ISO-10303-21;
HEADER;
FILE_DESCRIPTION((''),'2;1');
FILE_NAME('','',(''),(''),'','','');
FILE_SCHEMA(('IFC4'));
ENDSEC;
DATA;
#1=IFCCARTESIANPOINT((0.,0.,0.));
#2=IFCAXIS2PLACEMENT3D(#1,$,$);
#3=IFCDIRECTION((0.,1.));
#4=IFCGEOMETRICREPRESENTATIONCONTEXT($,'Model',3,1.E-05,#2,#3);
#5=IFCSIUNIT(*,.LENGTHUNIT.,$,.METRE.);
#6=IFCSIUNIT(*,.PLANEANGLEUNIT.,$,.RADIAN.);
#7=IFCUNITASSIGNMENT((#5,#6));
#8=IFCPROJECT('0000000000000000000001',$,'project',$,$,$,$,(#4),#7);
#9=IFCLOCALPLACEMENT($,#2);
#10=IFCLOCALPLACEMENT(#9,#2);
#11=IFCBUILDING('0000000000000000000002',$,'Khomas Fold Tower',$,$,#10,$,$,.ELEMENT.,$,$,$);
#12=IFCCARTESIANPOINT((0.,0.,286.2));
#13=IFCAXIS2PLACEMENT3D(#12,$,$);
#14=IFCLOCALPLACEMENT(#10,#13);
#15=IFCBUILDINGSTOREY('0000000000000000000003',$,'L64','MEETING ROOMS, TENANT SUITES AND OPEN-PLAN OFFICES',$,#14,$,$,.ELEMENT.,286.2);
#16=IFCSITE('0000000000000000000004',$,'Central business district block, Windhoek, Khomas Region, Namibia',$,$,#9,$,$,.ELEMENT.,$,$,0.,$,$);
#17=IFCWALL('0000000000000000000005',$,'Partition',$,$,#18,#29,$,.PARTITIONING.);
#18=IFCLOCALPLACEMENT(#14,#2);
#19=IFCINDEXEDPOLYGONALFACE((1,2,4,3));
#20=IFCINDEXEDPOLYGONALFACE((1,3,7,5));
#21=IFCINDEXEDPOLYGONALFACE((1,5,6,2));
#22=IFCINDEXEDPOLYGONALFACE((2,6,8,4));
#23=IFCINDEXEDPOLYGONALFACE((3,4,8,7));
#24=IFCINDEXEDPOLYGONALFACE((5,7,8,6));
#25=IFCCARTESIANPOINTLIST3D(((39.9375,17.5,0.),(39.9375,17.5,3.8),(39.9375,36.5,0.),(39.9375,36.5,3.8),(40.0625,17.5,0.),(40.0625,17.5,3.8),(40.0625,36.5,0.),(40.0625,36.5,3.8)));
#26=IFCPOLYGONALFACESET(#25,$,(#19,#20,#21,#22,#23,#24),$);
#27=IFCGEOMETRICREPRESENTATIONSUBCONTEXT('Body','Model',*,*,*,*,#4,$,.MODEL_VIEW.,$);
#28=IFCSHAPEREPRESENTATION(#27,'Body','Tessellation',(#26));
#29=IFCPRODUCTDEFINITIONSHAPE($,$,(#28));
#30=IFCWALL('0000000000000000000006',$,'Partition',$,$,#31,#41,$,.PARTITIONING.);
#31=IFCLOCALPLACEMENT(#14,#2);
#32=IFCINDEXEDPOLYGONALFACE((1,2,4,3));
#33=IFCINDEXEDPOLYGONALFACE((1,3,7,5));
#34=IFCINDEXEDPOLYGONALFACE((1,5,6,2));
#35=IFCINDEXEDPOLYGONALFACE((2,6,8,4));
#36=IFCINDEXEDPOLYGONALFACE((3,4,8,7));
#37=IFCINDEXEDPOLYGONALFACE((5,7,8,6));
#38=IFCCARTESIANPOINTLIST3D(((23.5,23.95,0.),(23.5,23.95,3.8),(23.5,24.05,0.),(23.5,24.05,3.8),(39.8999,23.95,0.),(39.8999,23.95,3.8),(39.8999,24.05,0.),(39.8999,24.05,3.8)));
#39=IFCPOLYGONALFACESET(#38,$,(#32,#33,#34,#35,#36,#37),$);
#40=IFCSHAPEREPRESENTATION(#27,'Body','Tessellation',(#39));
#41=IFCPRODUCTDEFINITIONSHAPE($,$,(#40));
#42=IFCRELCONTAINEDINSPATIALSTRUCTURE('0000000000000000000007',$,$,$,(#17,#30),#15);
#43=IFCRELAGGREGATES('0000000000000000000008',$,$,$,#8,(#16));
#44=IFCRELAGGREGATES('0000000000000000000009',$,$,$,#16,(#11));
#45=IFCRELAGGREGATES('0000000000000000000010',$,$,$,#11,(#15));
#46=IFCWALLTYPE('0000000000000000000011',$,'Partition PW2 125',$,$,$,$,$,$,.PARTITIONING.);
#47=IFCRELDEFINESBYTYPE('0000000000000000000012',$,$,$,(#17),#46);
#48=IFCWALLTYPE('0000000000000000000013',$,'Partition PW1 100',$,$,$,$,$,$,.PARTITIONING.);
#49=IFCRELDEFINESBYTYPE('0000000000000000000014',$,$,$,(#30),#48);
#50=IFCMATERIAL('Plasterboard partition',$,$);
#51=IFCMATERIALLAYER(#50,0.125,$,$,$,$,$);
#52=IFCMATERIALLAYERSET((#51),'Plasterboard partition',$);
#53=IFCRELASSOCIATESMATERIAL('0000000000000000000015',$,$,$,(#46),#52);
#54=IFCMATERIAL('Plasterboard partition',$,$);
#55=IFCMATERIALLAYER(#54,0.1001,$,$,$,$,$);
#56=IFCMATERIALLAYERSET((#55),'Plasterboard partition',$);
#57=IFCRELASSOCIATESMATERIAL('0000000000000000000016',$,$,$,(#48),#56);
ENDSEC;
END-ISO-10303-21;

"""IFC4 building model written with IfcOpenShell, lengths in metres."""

from ifc_helpers import new_model, si_unit, direction, frame, frame_2d, origin, place, context, subcontext, project, spatial, rectangle, extrude, source, transform, mapped, material, layer, layer_set, type_object, element, save


model = new_model("IFC4")

# Units and contexts
model_context = context("Model", 3, precision=1e-05, world=origin(), true_north=direction((0.0, 1.0)))
body_context = subcontext(model_context, "Body", "Model", "MODEL_VIEW")
ifc_project = project(units=[si_unit("LENGTHUNIT", "METRE"), si_unit("PLANEANGLEUNIT", "RADIAN")], contexts=[model_context])

# Site, building, storey
site_placement = place(None, origin())
site = spatial("IfcSite", under=ifc_project, at=site_placement, Name="Central business district block, Windhoek, Khomas Region, Namibia", CompositionType="ELEMENT", RefElevation=0.0)
building_placement = place(site_placement, origin())
building = spatial("IfcBuilding", under=site, at=building_placement, Name="Khomas Fold Tower", CompositionType="ELEMENT")
storey_placement = place(building_placement, frame((0.0, 0.0, 286.2)))
storey = spatial("IfcBuildingStorey", under=building, at=storey_placement, Name="L64", Description="MEETING ROOMS, TENANT SUITES AND OPEN-PLAN OFFICES", CompositionType="ELEMENT", Elevation=286.2)

# Shared definitions
ifc_material_1 = material(Name="Plasterboard partition")
ifc_layer_1 = layer(ifc_material_1, 0.125)
ifc_layer_set_1 = layer_set([ifc_layer_1], Name="Plasterboard partition")
wall_type_1 = type_object("IfcWallType", Name="Partition PW2 125", PredefinedType="PARTITIONING", material=ifc_layer_set_1)
shared_shape_1 = source(origin(), body_context, "Body", "SweptSolid", [
    extrude(rectangle(XDim=19.0, YDim=0.125, at=frame_2d((9.5, 0.0))), origin(), (0.0, 0.0, 1.0), 3.8),
])

# Walls
wall_1_placement = place(storey_placement, frame((40.0, 17.5, 0.0), z_axis=(0.0, 0.0, 1.0), x_axis=(0.0, 1.0, 0.0)))
element("IfcWall", 1, at=wall_1_placement, inside=storey, type_object=wall_type_1, Name="Partition", PredefinedType="PARTITIONING", context=body_context, shape_type="MappedRepresentation", body=[
    mapped(shared_shape_1, transform((0.0, 0.0, 0.0))),
])
ifc_material_2 = material(Name="Plasterboard partition")
ifc_layer_2 = layer(ifc_material_2, 0.1001)
ifc_layer_set_2 = layer_set([ifc_layer_2], Name="Plasterboard partition")
wall_type_2 = type_object("IfcWallType", Name="Partition PW1 100", PredefinedType="PARTITIONING", material=ifc_layer_set_2)
shared_shape_2 = source(origin(), body_context, "Body", "SweptSolid", [
    extrude(rectangle(XDim=16.3999, YDim=0.1001, at=frame_2d((8.2, 0.0))), origin(), (0.0, 0.0, 1.0), 3.8),
])
wall_2_placement = place(storey_placement, frame((23.5, 24.0, 0.0), z_axis=(0.0, 0.0, 1.0), x_axis=(1.0, 0.0, 0.0)))
element("IfcWall", 2, at=wall_2_placement, inside=storey, type_object=wall_type_2, Name="Partition", PredefinedType="PARTITIONING", context=body_context, shape_type="MappedRepresentation", body=[
    mapped(shared_shape_2, transform((0.0, 0.0, 0.0))),
])

save(model, "model.ifc")
